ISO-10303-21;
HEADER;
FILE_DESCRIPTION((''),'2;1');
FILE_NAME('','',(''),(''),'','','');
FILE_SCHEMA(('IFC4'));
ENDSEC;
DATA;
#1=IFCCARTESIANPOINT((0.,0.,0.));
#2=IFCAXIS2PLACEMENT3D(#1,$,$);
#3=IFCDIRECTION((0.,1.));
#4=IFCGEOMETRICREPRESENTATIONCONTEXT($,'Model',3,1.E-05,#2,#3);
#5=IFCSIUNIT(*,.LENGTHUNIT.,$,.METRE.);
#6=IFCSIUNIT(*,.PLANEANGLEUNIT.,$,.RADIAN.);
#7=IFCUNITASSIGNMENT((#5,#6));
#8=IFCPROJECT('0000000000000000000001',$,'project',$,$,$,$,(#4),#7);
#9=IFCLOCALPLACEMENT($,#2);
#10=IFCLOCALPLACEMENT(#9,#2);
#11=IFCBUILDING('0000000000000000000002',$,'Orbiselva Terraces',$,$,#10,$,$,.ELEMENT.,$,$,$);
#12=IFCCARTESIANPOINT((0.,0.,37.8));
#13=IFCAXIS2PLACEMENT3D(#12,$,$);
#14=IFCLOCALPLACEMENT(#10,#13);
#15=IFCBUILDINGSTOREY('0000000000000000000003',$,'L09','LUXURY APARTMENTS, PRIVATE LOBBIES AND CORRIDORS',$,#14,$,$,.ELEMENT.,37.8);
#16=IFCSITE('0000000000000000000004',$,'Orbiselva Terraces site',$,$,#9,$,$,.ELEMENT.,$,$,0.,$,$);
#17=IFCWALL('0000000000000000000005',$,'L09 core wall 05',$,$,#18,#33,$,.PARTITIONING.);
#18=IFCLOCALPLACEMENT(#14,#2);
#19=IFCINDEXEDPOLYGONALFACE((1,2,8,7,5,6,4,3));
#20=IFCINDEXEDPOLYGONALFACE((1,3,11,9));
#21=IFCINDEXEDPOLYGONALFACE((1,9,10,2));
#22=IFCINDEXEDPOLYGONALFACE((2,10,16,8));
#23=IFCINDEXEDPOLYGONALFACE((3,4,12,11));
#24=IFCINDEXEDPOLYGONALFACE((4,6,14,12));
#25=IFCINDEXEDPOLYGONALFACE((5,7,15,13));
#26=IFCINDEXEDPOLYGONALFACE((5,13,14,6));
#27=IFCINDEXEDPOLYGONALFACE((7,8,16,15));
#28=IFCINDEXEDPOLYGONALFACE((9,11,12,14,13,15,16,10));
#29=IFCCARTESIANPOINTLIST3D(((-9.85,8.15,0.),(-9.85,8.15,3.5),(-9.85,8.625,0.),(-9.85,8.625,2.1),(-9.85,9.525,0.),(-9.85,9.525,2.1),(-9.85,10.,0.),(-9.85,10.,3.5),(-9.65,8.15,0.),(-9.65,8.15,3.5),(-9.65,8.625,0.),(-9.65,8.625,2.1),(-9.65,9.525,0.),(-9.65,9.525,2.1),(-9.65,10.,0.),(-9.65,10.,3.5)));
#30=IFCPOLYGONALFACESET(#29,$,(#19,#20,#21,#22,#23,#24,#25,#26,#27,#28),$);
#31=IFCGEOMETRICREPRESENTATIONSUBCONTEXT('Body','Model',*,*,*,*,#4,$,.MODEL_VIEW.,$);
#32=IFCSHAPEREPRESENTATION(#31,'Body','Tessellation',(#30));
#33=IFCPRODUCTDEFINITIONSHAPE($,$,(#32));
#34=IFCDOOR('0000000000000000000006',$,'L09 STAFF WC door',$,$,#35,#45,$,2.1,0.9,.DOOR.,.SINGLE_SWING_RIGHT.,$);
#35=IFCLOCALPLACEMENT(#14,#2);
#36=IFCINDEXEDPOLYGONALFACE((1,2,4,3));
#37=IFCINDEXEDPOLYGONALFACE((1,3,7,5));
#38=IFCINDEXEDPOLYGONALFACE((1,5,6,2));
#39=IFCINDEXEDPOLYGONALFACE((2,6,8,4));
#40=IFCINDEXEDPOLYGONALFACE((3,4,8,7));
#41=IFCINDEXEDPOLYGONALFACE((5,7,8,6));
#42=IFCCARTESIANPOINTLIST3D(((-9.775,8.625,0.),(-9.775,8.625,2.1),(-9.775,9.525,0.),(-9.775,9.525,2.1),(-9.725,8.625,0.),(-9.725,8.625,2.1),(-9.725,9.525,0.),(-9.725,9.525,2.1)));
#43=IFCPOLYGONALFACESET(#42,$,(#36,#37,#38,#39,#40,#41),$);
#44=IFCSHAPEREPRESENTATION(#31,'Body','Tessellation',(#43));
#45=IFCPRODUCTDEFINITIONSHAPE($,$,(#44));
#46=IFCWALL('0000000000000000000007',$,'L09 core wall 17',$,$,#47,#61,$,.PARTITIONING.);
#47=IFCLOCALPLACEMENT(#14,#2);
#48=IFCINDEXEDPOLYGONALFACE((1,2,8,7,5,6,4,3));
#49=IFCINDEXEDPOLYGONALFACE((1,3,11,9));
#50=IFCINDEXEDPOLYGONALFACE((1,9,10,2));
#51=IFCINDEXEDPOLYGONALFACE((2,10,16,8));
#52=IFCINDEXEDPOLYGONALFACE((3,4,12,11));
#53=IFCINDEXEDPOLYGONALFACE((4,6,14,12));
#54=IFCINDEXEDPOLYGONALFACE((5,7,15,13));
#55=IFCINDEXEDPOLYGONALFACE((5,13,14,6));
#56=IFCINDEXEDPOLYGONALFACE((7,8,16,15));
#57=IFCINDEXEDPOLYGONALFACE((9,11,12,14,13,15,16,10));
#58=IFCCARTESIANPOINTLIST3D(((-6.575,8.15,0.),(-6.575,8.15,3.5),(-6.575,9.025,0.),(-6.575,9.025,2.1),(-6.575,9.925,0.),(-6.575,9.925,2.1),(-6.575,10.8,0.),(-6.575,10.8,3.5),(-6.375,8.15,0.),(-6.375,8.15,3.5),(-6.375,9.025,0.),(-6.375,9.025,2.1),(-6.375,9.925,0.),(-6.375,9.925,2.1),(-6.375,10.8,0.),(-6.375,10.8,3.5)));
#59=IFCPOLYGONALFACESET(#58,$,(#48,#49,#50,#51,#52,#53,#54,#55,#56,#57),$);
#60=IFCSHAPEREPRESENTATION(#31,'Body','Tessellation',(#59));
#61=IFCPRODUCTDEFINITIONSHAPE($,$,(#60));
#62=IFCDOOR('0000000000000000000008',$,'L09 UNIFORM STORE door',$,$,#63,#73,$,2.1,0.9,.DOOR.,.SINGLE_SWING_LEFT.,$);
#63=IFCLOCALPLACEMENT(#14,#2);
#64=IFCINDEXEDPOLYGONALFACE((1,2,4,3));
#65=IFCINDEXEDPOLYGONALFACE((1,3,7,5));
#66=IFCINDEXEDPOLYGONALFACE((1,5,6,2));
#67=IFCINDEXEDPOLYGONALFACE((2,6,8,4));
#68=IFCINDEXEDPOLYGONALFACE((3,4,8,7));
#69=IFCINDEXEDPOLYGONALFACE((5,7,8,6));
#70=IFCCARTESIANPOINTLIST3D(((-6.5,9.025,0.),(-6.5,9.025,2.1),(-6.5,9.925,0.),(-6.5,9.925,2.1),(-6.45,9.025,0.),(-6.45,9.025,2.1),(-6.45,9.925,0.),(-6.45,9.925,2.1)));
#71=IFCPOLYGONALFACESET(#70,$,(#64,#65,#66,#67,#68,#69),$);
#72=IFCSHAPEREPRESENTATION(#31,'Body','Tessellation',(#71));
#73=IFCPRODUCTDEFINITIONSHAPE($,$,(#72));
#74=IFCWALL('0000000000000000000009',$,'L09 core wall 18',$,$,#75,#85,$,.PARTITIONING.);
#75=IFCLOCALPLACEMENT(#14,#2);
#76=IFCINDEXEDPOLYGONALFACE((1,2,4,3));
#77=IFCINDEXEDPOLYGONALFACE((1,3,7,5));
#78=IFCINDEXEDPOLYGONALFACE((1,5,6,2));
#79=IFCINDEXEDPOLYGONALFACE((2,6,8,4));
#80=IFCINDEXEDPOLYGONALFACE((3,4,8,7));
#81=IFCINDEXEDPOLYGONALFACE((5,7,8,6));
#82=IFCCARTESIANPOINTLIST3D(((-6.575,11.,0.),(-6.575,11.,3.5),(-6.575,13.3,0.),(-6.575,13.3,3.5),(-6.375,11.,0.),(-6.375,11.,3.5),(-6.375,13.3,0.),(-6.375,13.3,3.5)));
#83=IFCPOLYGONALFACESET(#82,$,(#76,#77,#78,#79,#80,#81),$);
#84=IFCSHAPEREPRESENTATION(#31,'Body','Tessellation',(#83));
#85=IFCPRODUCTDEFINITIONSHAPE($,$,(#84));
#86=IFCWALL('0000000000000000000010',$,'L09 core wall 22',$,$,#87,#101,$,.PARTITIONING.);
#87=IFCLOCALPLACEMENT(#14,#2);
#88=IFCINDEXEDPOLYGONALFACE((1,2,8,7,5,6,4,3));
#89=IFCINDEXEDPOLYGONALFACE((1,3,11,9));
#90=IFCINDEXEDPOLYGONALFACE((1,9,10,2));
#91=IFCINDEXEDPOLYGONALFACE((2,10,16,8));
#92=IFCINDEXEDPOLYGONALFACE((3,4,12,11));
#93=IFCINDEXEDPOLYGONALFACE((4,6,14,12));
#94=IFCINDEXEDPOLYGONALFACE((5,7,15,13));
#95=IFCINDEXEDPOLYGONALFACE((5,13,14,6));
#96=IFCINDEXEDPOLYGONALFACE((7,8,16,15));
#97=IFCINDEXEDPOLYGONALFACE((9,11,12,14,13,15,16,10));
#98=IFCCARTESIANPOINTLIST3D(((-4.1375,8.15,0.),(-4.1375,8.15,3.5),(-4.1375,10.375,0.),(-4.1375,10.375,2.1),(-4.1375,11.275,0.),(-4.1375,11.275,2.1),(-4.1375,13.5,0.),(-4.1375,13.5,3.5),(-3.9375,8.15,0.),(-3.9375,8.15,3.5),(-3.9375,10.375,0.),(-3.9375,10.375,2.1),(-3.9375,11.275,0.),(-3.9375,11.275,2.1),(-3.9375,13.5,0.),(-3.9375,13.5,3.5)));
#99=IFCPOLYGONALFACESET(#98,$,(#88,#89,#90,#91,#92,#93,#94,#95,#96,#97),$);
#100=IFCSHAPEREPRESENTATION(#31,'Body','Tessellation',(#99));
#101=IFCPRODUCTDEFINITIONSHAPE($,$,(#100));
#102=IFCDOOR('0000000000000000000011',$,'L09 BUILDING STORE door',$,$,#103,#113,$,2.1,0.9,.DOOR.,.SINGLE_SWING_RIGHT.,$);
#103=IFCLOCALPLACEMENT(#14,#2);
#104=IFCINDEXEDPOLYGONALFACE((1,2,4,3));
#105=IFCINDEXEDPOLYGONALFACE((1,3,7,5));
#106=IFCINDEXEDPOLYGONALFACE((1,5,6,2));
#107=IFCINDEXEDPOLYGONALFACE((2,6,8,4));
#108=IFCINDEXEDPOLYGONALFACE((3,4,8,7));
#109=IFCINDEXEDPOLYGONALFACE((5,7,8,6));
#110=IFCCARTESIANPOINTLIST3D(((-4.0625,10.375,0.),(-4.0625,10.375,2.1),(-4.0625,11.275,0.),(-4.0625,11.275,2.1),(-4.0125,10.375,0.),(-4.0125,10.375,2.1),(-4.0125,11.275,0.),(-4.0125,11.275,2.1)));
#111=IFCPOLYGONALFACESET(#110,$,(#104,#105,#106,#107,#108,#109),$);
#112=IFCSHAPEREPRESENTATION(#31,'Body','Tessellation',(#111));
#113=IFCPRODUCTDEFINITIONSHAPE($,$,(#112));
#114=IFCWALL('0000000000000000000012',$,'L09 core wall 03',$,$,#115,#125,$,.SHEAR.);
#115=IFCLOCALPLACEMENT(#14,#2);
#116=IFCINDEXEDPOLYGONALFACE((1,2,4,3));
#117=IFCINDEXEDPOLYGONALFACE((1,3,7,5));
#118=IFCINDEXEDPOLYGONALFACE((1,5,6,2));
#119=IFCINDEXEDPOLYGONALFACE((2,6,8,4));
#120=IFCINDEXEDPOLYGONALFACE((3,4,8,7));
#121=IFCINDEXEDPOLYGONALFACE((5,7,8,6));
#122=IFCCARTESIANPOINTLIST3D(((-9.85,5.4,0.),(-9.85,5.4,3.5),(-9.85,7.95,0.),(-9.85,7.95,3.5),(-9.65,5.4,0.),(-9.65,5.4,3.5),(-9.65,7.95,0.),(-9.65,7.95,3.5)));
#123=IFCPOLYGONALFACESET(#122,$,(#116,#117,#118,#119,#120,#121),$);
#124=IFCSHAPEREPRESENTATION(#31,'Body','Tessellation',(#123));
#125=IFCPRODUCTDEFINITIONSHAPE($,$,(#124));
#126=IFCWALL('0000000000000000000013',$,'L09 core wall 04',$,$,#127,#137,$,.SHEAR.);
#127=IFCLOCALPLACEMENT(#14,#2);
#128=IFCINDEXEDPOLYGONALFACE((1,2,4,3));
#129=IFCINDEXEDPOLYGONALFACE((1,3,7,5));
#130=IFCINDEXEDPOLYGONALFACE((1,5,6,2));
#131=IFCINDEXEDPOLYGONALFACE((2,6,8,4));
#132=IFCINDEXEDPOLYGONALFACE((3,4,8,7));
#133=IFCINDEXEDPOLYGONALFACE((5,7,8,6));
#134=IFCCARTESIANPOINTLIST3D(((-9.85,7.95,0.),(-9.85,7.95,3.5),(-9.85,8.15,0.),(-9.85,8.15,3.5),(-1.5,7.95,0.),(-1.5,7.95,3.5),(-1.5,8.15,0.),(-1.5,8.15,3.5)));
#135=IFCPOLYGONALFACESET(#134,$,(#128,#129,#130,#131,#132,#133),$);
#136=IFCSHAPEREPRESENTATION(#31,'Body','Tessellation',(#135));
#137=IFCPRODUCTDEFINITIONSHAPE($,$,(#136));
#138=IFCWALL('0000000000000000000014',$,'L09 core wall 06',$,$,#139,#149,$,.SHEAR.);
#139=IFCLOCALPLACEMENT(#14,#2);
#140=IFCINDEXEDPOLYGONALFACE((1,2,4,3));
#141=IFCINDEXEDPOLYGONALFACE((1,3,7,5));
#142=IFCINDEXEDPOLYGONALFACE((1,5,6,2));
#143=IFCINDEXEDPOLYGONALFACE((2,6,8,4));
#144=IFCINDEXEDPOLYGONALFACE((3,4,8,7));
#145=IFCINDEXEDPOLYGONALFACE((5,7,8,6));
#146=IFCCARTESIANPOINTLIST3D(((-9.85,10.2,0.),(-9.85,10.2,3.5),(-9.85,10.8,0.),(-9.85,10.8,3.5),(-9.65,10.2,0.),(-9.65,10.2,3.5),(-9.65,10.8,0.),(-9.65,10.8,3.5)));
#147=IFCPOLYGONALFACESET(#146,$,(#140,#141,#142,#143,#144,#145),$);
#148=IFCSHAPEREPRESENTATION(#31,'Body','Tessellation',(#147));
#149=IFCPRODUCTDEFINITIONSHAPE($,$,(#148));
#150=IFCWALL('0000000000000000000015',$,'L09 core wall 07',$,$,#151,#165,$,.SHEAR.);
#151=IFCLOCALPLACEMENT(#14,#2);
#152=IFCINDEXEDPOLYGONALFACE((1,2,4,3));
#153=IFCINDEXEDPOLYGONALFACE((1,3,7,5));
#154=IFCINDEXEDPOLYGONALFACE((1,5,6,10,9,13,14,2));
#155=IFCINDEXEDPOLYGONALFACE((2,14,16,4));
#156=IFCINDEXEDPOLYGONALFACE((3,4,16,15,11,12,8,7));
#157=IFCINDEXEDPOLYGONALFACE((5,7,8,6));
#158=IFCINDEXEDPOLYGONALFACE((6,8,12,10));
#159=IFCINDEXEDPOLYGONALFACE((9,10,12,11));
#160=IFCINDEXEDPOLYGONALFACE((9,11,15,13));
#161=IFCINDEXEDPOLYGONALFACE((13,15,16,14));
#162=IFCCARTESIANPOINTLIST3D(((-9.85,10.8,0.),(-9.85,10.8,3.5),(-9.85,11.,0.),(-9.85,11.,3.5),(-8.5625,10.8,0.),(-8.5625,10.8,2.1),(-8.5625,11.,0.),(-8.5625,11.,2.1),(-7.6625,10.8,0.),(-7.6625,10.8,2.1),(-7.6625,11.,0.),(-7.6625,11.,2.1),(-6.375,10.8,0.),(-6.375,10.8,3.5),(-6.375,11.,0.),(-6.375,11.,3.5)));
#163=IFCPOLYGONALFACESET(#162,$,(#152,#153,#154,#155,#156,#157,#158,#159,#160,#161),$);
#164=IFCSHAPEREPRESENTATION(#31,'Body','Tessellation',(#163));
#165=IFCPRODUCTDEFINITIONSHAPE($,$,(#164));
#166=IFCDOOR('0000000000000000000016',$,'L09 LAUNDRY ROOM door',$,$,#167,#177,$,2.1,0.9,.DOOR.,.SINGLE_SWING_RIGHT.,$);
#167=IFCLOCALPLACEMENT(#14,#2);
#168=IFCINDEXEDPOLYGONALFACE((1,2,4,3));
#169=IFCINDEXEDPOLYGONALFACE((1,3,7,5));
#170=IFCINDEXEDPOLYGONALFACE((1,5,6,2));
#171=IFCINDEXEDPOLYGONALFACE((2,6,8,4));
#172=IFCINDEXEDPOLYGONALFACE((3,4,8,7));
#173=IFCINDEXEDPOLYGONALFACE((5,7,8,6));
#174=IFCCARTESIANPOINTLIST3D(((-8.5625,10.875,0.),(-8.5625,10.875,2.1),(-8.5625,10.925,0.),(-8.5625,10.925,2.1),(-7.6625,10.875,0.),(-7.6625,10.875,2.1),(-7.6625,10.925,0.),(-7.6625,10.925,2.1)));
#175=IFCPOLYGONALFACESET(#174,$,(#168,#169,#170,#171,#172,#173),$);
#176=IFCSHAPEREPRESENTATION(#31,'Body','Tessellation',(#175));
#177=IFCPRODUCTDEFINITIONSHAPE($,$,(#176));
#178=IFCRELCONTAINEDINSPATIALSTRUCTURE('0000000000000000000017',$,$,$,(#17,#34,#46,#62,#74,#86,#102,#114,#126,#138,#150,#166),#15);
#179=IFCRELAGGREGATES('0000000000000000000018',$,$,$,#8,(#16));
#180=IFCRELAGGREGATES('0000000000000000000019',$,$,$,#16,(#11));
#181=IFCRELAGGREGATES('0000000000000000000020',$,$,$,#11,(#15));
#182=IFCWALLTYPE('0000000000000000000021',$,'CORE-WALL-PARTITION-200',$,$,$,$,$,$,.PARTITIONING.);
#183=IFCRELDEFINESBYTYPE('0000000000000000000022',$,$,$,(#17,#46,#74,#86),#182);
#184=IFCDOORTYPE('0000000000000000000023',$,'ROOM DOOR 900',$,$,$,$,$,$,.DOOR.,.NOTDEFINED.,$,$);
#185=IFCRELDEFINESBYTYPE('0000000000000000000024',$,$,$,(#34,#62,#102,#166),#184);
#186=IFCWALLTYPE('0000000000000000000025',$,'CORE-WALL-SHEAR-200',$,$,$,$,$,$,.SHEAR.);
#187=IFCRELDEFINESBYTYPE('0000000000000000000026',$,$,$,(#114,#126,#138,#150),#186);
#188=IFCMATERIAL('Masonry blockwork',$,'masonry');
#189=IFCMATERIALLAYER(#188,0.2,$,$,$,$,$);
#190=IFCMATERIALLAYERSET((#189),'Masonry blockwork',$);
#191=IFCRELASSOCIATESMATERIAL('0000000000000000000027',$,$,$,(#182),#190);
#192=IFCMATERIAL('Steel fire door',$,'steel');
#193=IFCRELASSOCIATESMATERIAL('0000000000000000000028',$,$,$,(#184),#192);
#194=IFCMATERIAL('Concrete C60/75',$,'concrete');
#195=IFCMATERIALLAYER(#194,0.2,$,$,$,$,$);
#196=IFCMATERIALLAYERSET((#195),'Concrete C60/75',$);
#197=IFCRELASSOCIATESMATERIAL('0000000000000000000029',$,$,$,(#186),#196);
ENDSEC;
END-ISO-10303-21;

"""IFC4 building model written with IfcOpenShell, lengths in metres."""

from ifc_helpers import new_model, si_unit, direction, frame, frame_2d, origin, place, context, subcontext, project, spatial, rectangle, extrude, material, layer, layer_set, type_object, element, fill, save


model = new_model("IFC4")

# Units and contexts
model_context = context("Model", 3, precision=1e-05, world=origin(), true_north=direction((0.0, 1.0)))
body_context = subcontext(model_context, "Body", "Model", "MODEL_VIEW")
ifc_project = project(units=[si_unit("LENGTHUNIT", "METRE"), si_unit("PLANEANGLEUNIT", "RADIAN")], contexts=[model_context])

# Site, building, storey
site_placement = place(None, origin())
site = spatial("IfcSite", under=ifc_project, at=site_placement, Name="Orbiselva Terraces site", CompositionType="ELEMENT", RefElevation=0.0)
building_placement = place(site_placement, origin())
building = spatial("IfcBuilding", under=site, at=building_placement, Name="Orbiselva Terraces", CompositionType="ELEMENT")
storey_placement = place(building_placement, frame((0.0, 0.0, 37.8)))
storey = spatial("IfcBuildingStorey", under=building, at=storey_placement, Name="L09", Description="LUXURY APARTMENTS, PRIVATE LOBBIES AND CORRIDORS", CompositionType="ELEMENT", Elevation=37.8)

# Walls, openings, doors
ifc_material_1 = material(Name="Masonry blockwork", Category="masonry")
ifc_layer_1 = layer(ifc_material_1, 0.2)
ifc_layer_set_1 = layer_set([ifc_layer_1], Name="Masonry blockwork")
wall_type_1 = type_object("IfcWallType", Name="CORE-WALL-PARTITION-200", PredefinedType="PARTITIONING", material=ifc_layer_set_1)
wall_1_placement = place(storey_placement, frame((-9.75, 8.15, 0.0), z_axis=(0.0, 0.0, 1.0), x_axis=(0.0, 1.0, 0.0)))
wall_1 = element("IfcWall", 1, at=wall_1_placement, inside=storey, type_object=wall_type_1, Name="L09 core wall 05", PredefinedType="PARTITIONING", context=body_context, shape_type="SweptSolid", body=[
    extrude(rectangle(XDim=1.85, YDim=0.2, at=frame_2d((0.925, 0.0))), origin(), (0.0, 0.0, 1.0), 3.5),
])
opening_1_placement = place(wall_1_placement, frame((0.475, 0.0, 0.0)))
opening_1 = element("IfcOpeningElement", 2, at=opening_1_placement, cuts=wall_1, PredefinedType="OPENING", context=body_context, shape_type="SweptSolid", body=[
    extrude(rectangle(XDim=0.9, YDim=2.1, at=frame_2d((0.45, 1.05))), frame((0.0, 0.11, 0.0), z_axis=(0.0, -1.0, 0.0), x_axis=(1.0, 0.0, 0.0)), (0.0, 0.0, 1.0), 0.22),
])
ifc_material_2 = material(Name="Steel fire door", Category="steel")
door_type = type_object("IfcDoorType", Name="ROOM DOOR 900", OperationType="NOTDEFINED", PredefinedType="DOOR", material=ifc_material_2)
door_1_placement = place(opening_1_placement, origin())
door_1 = element("IfcDoor", 3, at=door_1_placement, inside=storey, type_object=door_type, Name="L09 STAFF WC door", OperationType="SINGLE_SWING_RIGHT", OverallHeight=2.1, OverallWidth=0.9, PredefinedType="DOOR", context=body_context, shape_type="SweptSolid", body=[
    extrude(rectangle(XDim=0.9, YDim=2.1, at=frame_2d((0.45, 1.05))), frame((0.0, 0.025, 0.0), z_axis=(0.0, -1.0, 0.0), x_axis=(1.0, 0.0, 0.0)), (0.0, 0.0, 1.0), 0.05),
])
fill(opening_1, door_1)
wall_2_placement = place(storey_placement, frame((-6.475, 8.15, 0.0), z_axis=(0.0, 0.0, 1.0), x_axis=(0.0, 1.0, 0.0)))
wall_2 = element("IfcWall", 4, at=wall_2_placement, inside=storey, type_object=wall_type_1, Name="L09 core wall 17", PredefinedType="PARTITIONING", context=body_context, shape_type="SweptSolid", body=[
    extrude(rectangle(XDim=2.65, YDim=0.2, at=frame_2d((1.325, 0.0))), origin(), (0.0, 0.0, 1.0), 3.5),
])
opening_2_placement = place(wall_2_placement, frame((0.875, 0.0, 0.0)))
opening_2 = element("IfcOpeningElement", 5, at=opening_2_placement, cuts=wall_2, PredefinedType="OPENING", context=body_context, shape_type="SweptSolid", body=[
    extrude(rectangle(XDim=0.9, YDim=2.1, at=frame_2d((0.45, 1.05))), frame((0.0, 0.11, 0.0), z_axis=(0.0, -1.0, 0.0), x_axis=(1.0, 0.0, 0.0)), (0.0, 0.0, 1.0), 0.22),
])
door_2_placement = place(opening_2_placement, origin())
door_2 = element("IfcDoor", 6, at=door_2_placement, inside=storey, type_object=door_type, Name="L09 UNIFORM STORE door", OperationType="SINGLE_SWING_LEFT", OverallHeight=2.1, OverallWidth=0.9, PredefinedType="DOOR", context=body_context, shape_type="SweptSolid", body=[
    extrude(rectangle(XDim=0.9, YDim=2.1, at=frame_2d((0.45, 1.05))), frame((0.0, 0.025, 0.0), z_axis=(0.0, -1.0, 0.0), x_axis=(1.0, 0.0, 0.0)), (0.0, 0.0, 1.0), 0.05),
])
fill(opening_2, door_2)

# Wall
wall_3_placement = place(storey_placement, frame((-6.475, 11.0, 0.0), z_axis=(0.0, 0.0, 1.0), x_axis=(0.0, 1.0, 0.0)))
element("IfcWall", 7, at=wall_3_placement, inside=storey, type_object=wall_type_1, Name="L09 core wall 18", PredefinedType="PARTITIONING", context=body_context, shape_type="SweptSolid", body=[
    extrude(rectangle(XDim=2.3, YDim=0.2, at=frame_2d((1.15, 0.0))), origin(), (0.0, 0.0, 1.0), 3.5),
])

# Wall, opening, door
wall_4_placement = place(storey_placement, frame((-4.0375, 8.15, 0.0), z_axis=(0.0, 0.0, 1.0), x_axis=(0.0, 1.0, 0.0)))
wall_4 = element("IfcWall", 8, at=wall_4_placement, inside=storey, type_object=wall_type_1, Name="L09 core wall 22", PredefinedType="PARTITIONING", context=body_context, shape_type="SweptSolid", body=[
    extrude(rectangle(XDim=5.35, YDim=0.2, at=frame_2d((2.675, 0.0))), origin(), (0.0, 0.0, 1.0), 3.5),
])
opening_3_placement = place(wall_4_placement, frame((2.225, 0.0, 0.0)))
opening_3 = element("IfcOpeningElement", 9, at=opening_3_placement, cuts=wall_4, PredefinedType="OPENING", context=body_context, shape_type="SweptSolid", body=[
    extrude(rectangle(XDim=0.9, YDim=2.1, at=frame_2d((0.45, 1.05))), frame((0.0, 0.11, 0.0), z_axis=(0.0, -1.0, 0.0), x_axis=(1.0, 0.0, 0.0)), (0.0, 0.0, 1.0), 0.22),
])
door_3_placement = place(opening_3_placement, origin())
door_3 = element("IfcDoor", 10, at=door_3_placement, inside=storey, type_object=door_type, Name="L09 BUILDING STORE door", OperationType="SINGLE_SWING_RIGHT", OverallHeight=2.1, OverallWidth=0.9, PredefinedType="DOOR", context=body_context, shape_type="SweptSolid", body=[
    extrude(rectangle(XDim=0.9, YDim=2.1, at=frame_2d((0.45, 1.05))), frame((0.0, 0.025, 0.0), z_axis=(0.0, -1.0, 0.0), x_axis=(1.0, 0.0, 0.0)), (0.0, 0.0, 1.0), 0.05),
])
fill(opening_3, door_3)

# Walls
ifc_material_3 = material(Name="Concrete C60/75", Category="concrete")
ifc_layer_2 = layer(ifc_material_3, 0.2)
ifc_layer_set_2 = layer_set([ifc_layer_2], Name="Concrete C60/75")
wall_type_2 = type_object("IfcWallType", Name="CORE-WALL-SHEAR-200", PredefinedType="SHEAR", material=ifc_layer_set_2)
wall_5_placement = place(storey_placement, frame((-9.75, 5.4, 0.0), z_axis=(0.0, 0.0, 1.0), x_axis=(0.0, 1.0, 0.0)))
element("IfcWall", 11, at=wall_5_placement, inside=storey, type_object=wall_type_2, Name="L09 core wall 03", PredefinedType="SHEAR", context=body_context, shape_type="SweptSolid", body=[
    extrude(rectangle(XDim=2.55, YDim=0.2, at=frame_2d((1.275, 0.0))), origin(), (0.0, 0.0, 1.0), 3.5),
])
wall_6_placement = place(storey_placement, frame((-9.85, 8.05, 0.0), z_axis=(0.0, 0.0, 1.0), x_axis=(1.0, 0.0, 0.0)))
element("IfcWall", 12, at=wall_6_placement, inside=storey, type_object=wall_type_2, Name="L09 core wall 04", PredefinedType="SHEAR", context=body_context, shape_type="SweptSolid", body=[
    extrude(rectangle(XDim=8.35, YDim=0.2, at=frame_2d((4.175, 0.0))), origin(), (0.0, 0.0, 1.0), 3.5),
])
wall_7_placement = place(storey_placement, frame((-9.75, 10.2, 0.0), z_axis=(0.0, 0.0, 1.0), x_axis=(0.0, 1.0, 0.0)))
element("IfcWall", 13, at=wall_7_placement, inside=storey, type_object=wall_type_2, Name="L09 core wall 06", PredefinedType="SHEAR", context=body_context, shape_type="SweptSolid", body=[
    extrude(rectangle(XDim=0.6, YDim=0.2, at=frame_2d((0.3, 0.0))), origin(), (0.0, 0.0, 1.0), 3.5),
])

# Wall, opening, door
wall_8_placement = place(storey_placement, frame((-9.85, 10.9, 0.0), z_axis=(0.0, 0.0, 1.0), x_axis=(1.0, 0.0, 0.0)))
wall_8 = element("IfcWall", 14, at=wall_8_placement, inside=storey, type_object=wall_type_2, Name="L09 core wall 07", PredefinedType="SHEAR", context=body_context, shape_type="SweptSolid", body=[
    extrude(rectangle(XDim=3.475, YDim=0.2, at=frame_2d((1.7375, 0.0))), origin(), (0.0, 0.0, 1.0), 3.5),
])
opening_4_placement = place(wall_8_placement, frame((1.2875, 0.0, 0.0)))
opening_4 = element("IfcOpeningElement", 15, at=opening_4_placement, cuts=wall_8, PredefinedType="OPENING", context=body_context, shape_type="SweptSolid", body=[
    extrude(rectangle(XDim=0.9, YDim=2.1, at=frame_2d((0.45, 1.05))), frame((0.0, 0.11, 0.0), z_axis=(0.0, -1.0, 0.0), x_axis=(1.0, 0.0, 0.0)), (0.0, 0.0, 1.0), 0.22),
])
door_4_placement = place(opening_4_placement, origin())
door_4 = element("IfcDoor", 16, at=door_4_placement, inside=storey, type_object=door_type, Name="L09 LAUNDRY ROOM door", OperationType="SINGLE_SWING_RIGHT", OverallHeight=2.1, OverallWidth=0.9, PredefinedType="DOOR", context=body_context, shape_type="SweptSolid", body=[
    extrude(rectangle(XDim=0.9, YDim=2.1, at=frame_2d((0.45, 1.05))), frame((0.0, 0.025, 0.0), z_axis=(0.0, -1.0, 0.0), x_axis=(1.0, 0.0, 0.0)), (0.0, 0.0, 1.0), 0.05),
])
fill(opening_4, door_4)

save(model, "model.ifc")
